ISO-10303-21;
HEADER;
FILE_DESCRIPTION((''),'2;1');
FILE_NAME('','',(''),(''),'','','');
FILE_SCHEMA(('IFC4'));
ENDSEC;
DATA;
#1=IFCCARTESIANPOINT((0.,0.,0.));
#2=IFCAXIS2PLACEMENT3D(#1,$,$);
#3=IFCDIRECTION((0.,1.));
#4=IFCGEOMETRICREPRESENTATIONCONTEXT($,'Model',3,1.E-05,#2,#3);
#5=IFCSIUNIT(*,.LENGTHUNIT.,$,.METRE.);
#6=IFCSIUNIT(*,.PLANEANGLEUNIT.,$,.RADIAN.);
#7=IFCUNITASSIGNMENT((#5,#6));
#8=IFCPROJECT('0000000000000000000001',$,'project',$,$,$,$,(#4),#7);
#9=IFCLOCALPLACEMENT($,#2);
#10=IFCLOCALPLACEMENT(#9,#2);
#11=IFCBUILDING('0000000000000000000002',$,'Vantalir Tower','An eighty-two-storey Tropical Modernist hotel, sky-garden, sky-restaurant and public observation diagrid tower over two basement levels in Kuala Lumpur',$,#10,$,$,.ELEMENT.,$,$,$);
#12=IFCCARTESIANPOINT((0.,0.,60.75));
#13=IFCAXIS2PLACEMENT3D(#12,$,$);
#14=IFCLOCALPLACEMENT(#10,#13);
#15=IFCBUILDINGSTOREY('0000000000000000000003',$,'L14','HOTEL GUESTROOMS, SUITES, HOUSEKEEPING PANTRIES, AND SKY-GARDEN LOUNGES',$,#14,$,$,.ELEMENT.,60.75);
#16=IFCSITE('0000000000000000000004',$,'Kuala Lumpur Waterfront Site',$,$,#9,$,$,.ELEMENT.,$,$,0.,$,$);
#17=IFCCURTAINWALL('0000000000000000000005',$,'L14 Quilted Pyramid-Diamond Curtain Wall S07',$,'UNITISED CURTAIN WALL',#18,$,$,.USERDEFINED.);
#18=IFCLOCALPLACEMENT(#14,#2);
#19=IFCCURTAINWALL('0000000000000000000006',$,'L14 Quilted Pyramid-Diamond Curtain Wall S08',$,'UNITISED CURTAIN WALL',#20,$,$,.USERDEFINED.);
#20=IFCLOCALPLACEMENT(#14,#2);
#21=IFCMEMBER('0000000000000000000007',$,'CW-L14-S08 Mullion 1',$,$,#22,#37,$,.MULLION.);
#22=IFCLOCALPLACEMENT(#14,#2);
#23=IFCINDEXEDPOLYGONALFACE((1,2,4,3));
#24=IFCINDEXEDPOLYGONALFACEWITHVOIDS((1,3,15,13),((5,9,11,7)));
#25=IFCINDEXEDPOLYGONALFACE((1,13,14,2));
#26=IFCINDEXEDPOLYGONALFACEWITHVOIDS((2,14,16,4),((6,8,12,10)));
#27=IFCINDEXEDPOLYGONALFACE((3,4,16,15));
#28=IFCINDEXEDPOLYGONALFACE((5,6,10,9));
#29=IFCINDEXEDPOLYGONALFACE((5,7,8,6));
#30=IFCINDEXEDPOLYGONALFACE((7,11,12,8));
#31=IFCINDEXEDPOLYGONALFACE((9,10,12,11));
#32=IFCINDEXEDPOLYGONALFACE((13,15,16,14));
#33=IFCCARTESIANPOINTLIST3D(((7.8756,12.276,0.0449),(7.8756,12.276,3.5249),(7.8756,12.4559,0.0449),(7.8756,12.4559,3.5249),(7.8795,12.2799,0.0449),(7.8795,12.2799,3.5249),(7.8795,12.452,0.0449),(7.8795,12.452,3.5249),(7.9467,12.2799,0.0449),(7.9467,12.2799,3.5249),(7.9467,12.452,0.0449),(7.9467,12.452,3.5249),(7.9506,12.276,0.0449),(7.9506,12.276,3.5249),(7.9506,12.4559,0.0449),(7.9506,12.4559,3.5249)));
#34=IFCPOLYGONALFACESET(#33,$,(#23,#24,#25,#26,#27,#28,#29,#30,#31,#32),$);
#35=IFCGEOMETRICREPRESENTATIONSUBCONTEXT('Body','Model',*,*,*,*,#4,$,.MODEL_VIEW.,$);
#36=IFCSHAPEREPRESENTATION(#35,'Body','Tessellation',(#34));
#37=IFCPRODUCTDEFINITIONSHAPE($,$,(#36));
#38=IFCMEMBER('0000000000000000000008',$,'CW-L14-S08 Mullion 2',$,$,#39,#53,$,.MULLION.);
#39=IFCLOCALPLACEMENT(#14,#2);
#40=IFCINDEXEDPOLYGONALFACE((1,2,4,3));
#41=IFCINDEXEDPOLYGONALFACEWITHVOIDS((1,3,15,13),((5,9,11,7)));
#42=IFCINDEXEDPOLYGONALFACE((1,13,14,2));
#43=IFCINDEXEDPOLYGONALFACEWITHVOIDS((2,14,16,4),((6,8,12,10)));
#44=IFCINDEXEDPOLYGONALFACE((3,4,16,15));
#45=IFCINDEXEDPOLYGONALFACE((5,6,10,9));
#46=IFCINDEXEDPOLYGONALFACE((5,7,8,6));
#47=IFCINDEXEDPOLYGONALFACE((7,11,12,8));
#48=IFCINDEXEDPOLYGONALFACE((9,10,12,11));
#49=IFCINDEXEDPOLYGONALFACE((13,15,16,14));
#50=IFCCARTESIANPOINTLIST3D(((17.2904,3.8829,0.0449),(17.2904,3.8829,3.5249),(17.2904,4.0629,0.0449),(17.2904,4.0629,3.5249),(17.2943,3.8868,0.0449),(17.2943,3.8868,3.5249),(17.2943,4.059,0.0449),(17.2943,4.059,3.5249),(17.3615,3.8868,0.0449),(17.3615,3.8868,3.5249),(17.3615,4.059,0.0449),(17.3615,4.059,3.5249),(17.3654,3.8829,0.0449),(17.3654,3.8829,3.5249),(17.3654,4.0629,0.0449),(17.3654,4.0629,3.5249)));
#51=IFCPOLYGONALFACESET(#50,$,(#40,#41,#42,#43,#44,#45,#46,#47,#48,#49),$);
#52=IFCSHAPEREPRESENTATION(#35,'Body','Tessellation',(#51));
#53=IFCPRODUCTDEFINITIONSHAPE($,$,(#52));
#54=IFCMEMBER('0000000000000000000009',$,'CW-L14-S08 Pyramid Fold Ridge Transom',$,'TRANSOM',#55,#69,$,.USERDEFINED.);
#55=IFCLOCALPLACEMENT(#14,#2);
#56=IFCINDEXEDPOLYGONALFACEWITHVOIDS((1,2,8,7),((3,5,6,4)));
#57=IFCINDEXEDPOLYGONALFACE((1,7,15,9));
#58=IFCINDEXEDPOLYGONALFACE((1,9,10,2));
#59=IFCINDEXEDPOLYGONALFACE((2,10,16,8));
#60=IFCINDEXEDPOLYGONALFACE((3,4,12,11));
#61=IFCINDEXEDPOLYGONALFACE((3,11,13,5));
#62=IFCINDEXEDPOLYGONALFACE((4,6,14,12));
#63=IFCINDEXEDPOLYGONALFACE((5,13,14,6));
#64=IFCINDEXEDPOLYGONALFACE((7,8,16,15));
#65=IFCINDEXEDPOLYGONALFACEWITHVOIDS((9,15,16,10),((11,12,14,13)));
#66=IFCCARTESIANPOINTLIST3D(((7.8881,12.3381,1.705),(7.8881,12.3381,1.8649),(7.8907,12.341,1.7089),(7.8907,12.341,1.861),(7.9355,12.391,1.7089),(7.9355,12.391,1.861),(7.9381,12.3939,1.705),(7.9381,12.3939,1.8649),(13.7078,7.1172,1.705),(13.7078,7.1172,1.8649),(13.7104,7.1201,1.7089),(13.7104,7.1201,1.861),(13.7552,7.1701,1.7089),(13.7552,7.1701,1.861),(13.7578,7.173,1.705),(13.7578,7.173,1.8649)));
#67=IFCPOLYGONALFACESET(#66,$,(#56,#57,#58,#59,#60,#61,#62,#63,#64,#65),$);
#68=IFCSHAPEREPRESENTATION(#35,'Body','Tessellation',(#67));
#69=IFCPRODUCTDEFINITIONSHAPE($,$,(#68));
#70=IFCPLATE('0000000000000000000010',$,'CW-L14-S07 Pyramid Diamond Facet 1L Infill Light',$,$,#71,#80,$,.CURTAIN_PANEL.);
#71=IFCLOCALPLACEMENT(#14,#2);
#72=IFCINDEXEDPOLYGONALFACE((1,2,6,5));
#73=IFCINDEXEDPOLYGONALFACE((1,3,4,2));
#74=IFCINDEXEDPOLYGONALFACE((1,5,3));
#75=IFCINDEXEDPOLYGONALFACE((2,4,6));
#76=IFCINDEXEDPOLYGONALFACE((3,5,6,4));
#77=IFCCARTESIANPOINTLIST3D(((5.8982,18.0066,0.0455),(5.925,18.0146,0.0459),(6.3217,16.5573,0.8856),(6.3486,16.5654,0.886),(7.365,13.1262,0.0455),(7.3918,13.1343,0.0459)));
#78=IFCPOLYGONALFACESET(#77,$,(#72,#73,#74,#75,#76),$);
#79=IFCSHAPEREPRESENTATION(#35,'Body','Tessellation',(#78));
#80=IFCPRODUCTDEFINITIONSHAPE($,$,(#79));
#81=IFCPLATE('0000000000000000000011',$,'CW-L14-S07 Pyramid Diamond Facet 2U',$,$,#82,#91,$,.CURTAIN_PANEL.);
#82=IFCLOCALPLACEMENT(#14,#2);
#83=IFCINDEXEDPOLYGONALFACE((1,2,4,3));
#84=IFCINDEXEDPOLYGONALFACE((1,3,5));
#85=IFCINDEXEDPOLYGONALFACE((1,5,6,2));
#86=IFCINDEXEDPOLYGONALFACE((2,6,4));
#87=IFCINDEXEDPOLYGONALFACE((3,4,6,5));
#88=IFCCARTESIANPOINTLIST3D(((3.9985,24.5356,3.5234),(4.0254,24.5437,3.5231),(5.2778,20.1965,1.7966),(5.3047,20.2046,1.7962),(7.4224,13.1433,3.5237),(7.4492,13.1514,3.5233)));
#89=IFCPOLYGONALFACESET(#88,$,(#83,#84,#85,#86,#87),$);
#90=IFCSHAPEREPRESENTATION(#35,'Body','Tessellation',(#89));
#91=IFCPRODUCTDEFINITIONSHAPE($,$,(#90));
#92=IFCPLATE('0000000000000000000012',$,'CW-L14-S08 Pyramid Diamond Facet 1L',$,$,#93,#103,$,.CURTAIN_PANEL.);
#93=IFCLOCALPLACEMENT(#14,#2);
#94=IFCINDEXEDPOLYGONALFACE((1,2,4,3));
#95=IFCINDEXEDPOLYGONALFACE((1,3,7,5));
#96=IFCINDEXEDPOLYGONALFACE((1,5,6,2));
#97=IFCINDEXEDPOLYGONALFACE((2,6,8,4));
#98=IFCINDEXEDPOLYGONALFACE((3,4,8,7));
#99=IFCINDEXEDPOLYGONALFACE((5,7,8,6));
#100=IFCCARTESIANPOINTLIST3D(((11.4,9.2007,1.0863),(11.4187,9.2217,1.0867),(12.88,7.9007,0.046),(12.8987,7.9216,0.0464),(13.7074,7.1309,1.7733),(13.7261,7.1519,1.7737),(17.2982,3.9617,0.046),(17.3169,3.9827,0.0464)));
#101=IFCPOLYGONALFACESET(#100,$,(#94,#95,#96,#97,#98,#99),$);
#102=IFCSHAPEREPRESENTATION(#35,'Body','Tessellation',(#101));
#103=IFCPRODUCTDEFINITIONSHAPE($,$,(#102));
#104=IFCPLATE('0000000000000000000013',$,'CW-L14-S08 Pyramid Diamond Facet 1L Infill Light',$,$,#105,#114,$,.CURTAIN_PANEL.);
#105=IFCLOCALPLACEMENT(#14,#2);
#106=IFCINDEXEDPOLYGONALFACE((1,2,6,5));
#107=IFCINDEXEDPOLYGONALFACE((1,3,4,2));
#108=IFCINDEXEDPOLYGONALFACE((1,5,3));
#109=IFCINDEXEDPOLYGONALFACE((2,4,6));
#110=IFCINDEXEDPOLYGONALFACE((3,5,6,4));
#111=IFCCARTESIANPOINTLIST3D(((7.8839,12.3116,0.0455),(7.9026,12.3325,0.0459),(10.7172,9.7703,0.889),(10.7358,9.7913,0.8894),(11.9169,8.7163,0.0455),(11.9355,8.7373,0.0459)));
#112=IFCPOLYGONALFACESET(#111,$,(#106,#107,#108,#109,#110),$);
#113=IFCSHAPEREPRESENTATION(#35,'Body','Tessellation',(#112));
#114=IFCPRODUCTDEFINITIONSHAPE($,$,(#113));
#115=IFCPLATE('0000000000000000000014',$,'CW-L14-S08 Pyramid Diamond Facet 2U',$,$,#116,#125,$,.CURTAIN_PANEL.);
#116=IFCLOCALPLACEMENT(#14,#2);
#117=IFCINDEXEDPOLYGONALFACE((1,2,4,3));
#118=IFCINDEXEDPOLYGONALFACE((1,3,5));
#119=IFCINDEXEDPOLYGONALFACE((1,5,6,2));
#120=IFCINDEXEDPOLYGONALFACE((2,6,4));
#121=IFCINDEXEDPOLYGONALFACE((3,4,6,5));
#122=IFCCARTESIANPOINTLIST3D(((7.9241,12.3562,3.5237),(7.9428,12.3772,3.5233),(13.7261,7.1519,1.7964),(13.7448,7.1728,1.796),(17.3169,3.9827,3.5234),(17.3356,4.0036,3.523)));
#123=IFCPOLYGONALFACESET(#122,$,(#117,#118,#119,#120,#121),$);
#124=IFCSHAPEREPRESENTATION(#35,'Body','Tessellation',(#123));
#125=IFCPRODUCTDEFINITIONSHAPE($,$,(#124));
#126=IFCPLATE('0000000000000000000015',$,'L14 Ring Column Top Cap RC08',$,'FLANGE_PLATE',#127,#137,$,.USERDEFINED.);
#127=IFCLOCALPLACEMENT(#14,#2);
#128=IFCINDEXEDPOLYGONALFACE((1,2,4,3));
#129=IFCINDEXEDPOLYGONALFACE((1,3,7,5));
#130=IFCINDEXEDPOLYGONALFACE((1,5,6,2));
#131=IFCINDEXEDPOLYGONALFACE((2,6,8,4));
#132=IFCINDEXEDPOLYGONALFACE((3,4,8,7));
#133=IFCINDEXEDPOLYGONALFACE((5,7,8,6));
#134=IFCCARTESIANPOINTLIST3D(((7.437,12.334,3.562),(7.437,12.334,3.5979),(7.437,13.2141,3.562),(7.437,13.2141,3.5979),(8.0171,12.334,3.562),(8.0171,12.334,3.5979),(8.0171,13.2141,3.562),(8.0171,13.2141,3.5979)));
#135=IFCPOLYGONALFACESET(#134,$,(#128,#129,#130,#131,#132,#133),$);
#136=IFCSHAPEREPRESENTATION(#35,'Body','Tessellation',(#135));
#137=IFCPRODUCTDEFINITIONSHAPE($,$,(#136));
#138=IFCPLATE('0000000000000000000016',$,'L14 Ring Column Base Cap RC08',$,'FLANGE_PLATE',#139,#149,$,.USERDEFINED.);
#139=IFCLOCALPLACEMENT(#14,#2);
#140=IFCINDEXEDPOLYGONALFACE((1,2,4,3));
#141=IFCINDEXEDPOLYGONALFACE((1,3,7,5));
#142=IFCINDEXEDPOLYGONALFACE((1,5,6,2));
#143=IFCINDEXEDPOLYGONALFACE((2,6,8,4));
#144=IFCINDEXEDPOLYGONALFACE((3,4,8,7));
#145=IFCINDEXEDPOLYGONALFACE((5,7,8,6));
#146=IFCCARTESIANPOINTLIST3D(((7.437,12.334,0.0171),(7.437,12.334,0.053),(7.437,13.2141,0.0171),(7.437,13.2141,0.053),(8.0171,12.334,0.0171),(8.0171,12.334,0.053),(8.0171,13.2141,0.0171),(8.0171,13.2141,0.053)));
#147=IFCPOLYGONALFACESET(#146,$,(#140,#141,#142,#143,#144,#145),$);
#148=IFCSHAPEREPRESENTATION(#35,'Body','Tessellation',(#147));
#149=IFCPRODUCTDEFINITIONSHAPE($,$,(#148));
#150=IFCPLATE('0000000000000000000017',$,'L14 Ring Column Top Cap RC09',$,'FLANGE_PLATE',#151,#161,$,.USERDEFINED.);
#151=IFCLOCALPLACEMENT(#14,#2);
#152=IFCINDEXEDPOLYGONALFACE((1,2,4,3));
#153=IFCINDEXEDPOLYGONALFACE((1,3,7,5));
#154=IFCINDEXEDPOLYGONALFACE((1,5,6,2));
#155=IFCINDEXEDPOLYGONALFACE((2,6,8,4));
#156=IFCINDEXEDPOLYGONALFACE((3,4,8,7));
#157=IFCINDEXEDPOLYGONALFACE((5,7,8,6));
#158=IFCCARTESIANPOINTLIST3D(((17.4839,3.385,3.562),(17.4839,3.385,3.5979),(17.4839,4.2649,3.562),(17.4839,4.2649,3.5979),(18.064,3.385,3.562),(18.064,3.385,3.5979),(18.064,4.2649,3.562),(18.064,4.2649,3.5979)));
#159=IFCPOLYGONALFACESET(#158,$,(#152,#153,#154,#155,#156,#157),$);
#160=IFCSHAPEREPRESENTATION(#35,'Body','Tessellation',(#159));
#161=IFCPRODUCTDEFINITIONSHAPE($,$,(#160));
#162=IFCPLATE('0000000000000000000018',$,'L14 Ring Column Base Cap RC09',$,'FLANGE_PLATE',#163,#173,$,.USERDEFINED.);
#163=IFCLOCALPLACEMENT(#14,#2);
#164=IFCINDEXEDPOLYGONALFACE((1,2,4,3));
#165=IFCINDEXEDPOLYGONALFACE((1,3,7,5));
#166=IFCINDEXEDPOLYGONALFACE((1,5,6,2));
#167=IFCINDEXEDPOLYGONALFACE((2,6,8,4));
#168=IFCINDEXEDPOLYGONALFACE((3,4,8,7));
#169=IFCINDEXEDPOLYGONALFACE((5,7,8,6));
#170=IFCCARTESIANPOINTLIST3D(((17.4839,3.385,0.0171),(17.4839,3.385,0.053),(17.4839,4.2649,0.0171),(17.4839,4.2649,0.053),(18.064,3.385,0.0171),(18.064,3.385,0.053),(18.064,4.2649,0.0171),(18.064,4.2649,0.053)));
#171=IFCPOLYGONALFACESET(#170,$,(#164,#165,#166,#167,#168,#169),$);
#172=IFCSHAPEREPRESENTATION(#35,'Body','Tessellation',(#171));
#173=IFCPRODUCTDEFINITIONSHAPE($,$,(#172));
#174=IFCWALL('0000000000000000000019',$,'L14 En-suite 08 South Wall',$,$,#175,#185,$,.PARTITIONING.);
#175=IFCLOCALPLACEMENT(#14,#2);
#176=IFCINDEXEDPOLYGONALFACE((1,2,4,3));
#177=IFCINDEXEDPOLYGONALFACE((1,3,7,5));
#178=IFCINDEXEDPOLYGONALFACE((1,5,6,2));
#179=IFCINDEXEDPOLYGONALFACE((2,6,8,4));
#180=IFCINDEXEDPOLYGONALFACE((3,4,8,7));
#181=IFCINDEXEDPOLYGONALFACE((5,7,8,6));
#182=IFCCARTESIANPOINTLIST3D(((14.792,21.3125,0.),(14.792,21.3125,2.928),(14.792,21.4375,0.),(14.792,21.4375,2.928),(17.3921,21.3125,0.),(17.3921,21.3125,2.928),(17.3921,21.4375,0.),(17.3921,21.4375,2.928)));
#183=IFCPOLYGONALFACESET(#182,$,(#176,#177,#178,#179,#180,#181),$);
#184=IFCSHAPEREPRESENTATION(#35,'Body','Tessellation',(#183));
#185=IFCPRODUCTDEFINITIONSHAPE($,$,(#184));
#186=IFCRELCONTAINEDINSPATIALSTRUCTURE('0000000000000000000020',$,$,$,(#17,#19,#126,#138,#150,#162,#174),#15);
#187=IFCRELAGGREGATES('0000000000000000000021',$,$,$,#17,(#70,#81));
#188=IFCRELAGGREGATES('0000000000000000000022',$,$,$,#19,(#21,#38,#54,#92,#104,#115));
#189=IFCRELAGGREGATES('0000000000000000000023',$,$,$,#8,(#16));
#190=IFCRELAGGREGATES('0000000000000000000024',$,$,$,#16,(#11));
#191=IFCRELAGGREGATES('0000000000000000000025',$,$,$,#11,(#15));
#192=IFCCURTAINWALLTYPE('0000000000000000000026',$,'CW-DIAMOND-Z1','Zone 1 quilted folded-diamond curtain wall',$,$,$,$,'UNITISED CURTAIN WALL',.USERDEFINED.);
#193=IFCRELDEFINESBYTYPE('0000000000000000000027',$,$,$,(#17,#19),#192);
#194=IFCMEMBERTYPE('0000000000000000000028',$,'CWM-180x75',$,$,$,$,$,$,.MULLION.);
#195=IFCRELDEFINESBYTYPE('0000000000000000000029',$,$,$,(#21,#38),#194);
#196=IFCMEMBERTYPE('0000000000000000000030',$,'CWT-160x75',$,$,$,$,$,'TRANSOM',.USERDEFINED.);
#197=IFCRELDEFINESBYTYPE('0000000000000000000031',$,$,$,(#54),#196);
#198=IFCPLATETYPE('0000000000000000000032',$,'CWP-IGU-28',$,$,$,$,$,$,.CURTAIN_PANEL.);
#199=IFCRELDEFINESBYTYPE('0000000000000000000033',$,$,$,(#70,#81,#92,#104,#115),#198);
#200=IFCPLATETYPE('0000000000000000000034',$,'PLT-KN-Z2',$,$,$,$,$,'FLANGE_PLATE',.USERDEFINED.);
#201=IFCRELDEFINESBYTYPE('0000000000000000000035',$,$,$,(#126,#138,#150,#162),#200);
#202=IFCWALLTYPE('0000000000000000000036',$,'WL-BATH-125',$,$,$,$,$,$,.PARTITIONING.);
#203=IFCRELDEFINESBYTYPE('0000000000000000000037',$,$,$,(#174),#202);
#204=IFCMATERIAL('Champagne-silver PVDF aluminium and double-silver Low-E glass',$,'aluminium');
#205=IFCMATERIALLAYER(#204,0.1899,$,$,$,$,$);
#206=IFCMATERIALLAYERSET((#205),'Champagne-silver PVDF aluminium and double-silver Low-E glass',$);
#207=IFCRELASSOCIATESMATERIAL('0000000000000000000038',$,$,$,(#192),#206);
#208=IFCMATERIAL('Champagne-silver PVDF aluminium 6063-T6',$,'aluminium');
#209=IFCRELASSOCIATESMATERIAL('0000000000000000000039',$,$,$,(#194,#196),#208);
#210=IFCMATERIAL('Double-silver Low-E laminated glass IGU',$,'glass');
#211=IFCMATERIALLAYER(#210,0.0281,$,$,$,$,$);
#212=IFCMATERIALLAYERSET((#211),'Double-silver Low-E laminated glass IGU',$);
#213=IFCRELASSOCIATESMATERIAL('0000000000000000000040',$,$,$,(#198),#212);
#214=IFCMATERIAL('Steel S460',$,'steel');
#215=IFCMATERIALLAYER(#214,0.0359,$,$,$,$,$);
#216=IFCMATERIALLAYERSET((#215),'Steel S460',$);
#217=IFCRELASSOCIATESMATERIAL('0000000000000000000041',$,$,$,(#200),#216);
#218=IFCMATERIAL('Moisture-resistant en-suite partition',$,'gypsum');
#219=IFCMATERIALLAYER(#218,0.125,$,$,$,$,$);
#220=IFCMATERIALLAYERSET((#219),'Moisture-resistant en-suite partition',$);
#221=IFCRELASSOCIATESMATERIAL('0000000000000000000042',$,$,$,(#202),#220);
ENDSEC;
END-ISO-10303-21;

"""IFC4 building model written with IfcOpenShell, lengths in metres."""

from ifc_helpers import new_model, si_unit, direction, frame, frame_2d, origin, origin_2d, place, context, subcontext, project, spatial, polyline, rectangle, hollow_rectangle, outline, extrude, material, layer, layer_set, material_profile, profile_set, type_object, element, aggregate, save


model = new_model("IFC4")

# Units and contexts
model_context = context("Model", 3, precision=1e-05, world=origin(), true_north=direction((0.0, 1.0)))
body_context = subcontext(model_context, "Body", "Model", "MODEL_VIEW")
ifc_project = project(units=[si_unit("LENGTHUNIT", "METRE"), si_unit("PLANEANGLEUNIT", "RADIAN")], contexts=[model_context])

# Site, building, storey
site_placement = place(None, origin())
site = spatial("IfcSite", under=ifc_project, at=site_placement, Name="Kuala Lumpur Waterfront Site", CompositionType="ELEMENT", RefElevation=0.0)
building_placement = place(site_placement, origin())
building = spatial("IfcBuilding", under=site, at=building_placement, Name="Vantalir Tower", Description="An eighty-two-storey Tropical Modernist hotel, sky-garden, sky-restaurant and public observation diagrid tower over two basement levels in Kuala Lumpur", CompositionType="ELEMENT")
storey_placement = place(building_placement, frame((0.0, 0.0, 60.75)))
storey = spatial("IfcBuildingStorey", under=building, at=storey_placement, Name="L14", Description="HOTEL GUESTROOMS, SUITES, HOUSEKEEPING PANTRIES, AND SKY-GARDEN LOUNGES", CompositionType="ELEMENT", Elevation=60.75)

# Shared definitions
ifc_material_1 = material(Name="Steel S460", Category="steel")

# Curtain wall
ifc_material_2 = material(Name="Champagne-silver PVDF aluminium and double-silver Low-E glass", Category="aluminium")
ifc_layer_1 = layer(ifc_material_2, 0.1899)
ifc_layer_set_1 = layer_set([ifc_layer_1], Name="Champagne-silver PVDF aluminium and double-silver Low-E glass")
curtain_wall_type = type_object("IfcCurtainWallType", Name="CW-DIAMOND-Z1", Description="Zone 1 quilted folded-diamond curtain wall", ElementType="UNITISED CURTAIN WALL", PredefinedType="USERDEFINED", material=ifc_layer_set_1)
curtain_wall_1_placement = place(storey_placement, origin())
curtain_wall_1 = element("IfcCurtainWall", 1, at=curtain_wall_1_placement, inside=storey, type_object=curtain_wall_type, Name="L14 Quilted Pyramid-Diamond Curtain Wall S07", ObjectType="UNITISED CURTAIN WALL", PredefinedType="USERDEFINED")
ifc_material_3 = material(Name="Champagne-silver PVDF aluminium 6063-T6", Category="aluminium")
ifc_material_profile_1 = material_profile(ifc_material_3, hollow_rectangle(XDim=0.075, YDim=0.1799, WallThickness=0.0039, at=origin_2d()), Name="Champagne-silver PVDF aluminium 6063-T6")
ifc_profile_set_1 = profile_set([ifc_material_profile_1], Name="Champagne-silver PVDF aluminium 6063-T6")
member_type_1 = type_object("IfcMemberType", Name="CWM-180x75", PredefinedType="MULLION", material=ifc_profile_set_1)

# Curtain wall, members
curtain_wall_2_placement = place(storey_placement, origin())
curtain_wall_2 = element("IfcCurtainWall", 2, at=curtain_wall_2_placement, inside=storey, type_object=curtain_wall_type, Name="L14 Quilted Pyramid-Diamond Curtain Wall S08", ObjectType="UNITISED CURTAIN WALL", PredefinedType="USERDEFINED")
member_1_placement = place(storey_placement, frame((7.9131, 12.366, 0.0449), z_axis=(0.0, 0.0, 1.0), x_axis=(1.0, 0.0, 0.0)))
member_1 = element("IfcMember", 3, at=member_1_placement, type_object=member_type_1, Name="CW-L14-S08 Mullion 1", PredefinedType="MULLION", context=body_context, shape_type="SweptSolid", body=[
    extrude(hollow_rectangle(XDim=0.075, YDim=0.1799, WallThickness=0.0039, at=origin_2d()), origin(), (0.0, 0.0, 1.0), 3.48),
])
member_2_placement = place(storey_placement, frame((17.3279, 3.9729, 0.0449), z_axis=(0.0, 0.0, 1.0), x_axis=(1.0, 0.0, 0.0)))
member_2 = element("IfcMember", 4, at=member_2_placement, type_object=member_type_1, Name="CW-L14-S08 Mullion 2", PredefinedType="MULLION", context=body_context, shape_type="SweptSolid", body=[
    extrude(hollow_rectangle(XDim=0.075, YDim=0.1799, WallThickness=0.0039, at=origin_2d()), origin(), (0.0, 0.0, 1.0), 3.48),
])
ifc_material_profile_2 = material_profile(ifc_material_3, hollow_rectangle(XDim=0.075, YDim=0.1599, WallThickness=0.0039, at=origin_2d()), Name="Champagne-silver PVDF aluminium 6063-T6")
ifc_profile_set_2 = profile_set([ifc_material_profile_2], Name="Champagne-silver PVDF aluminium 6063-T6")
member_type_2 = type_object("IfcMemberType", Name="CWT-160x75", ElementType="TRANSOM", PredefinedType="USERDEFINED", material=ifc_profile_set_2)
member_3_placement = place(storey_placement, frame((7.9131, 12.366, 1.7849), z_axis=(0.744368, -0.66777, 0.0), x_axis=(0.66777, 0.744368, 0.0)))
member_3 = element("IfcMember", 5, at=member_3_placement, type_object=member_type_2, Name="CW-L14-S08 Pyramid Fold Ridge Transom", ObjectType="TRANSOM", PredefinedType="USERDEFINED", context=body_context, shape_type="SweptSolid", body=[
    extrude(hollow_rectangle(XDim=0.075, YDim=0.1599, WallThickness=0.0039, at=origin_2d()), origin(), (0.0, 0.0, 1.0), 7.8184),
])

# Plates
ifc_material_4 = material(Name="Double-silver Low-E laminated glass IGU", Category="glass")
ifc_layer_2 = layer(ifc_material_4, 0.0281)
ifc_layer_set_2 = layer_set([ifc_layer_2], Name="Double-silver Low-E laminated glass IGU")
plate_type_1 = type_object("IfcPlateType", Name="CWP-IGU-28", PredefinedType="CURTAIN_PANEL", material=ifc_layer_set_2)
plate_1_placement = place(storey_placement, frame((5.925, 18.0146, 0.0459), z_axis=(0.957592, 0.287804, 0.013655), x_axis=(0.287831, -0.957681, 0.0)))
plate_1 = element("IfcPlate", 6, at=plate_1_placement, type_object=plate_type_1, Name="CW-L14-S07 Pyramid Diamond Facet 1L Infill Light", PredefinedType="CURTAIN_PANEL", context=body_context, shape_type="SweptSolid", body=[
    extrude(outline(polyline([(0.0, 0.0), (5.096, 0.0), (1.5098, -0.8402), (0.0, 0.0)])), origin(), (0.0, 0.0, -1.0), 0.0281),
])
plate_2_placement = place(storey_placement, frame((7.4224, 13.1433, 3.5237), z_axis=(-0.957594, -0.287793, 0.013736), x_axis=(-0.28782, 0.957684, -0.000021)))
plate_2 = element("IfcPlate", 7, at=plate_2_placement, type_object=plate_type_1, Name="CW-L14-S07 Pyramid Diamond Facet 2U", PredefinedType="CURTAIN_PANEL", context=body_context, shape_type="SweptSolid", body=[
    extrude(outline(polyline([(0.0, 0.0), (11.8957, 0.0), (7.372, 1.7271), (0.0, 0.0)])), origin(), (0.0, 0.0, -1.0), 0.0281),
])
aggregate(curtain_wall_1, [plate_1, plate_2])
plate_3_placement = place(storey_placement, frame((12.8987, 7.9216, 0.0464), z_axis=(0.665397, 0.746361, 0.013886), x_axis=(0.746433, -0.665461, 0.0)))
plate_3 = element("IfcPlate", 8, at=plate_3_placement, type_object=plate_type_1, Name="CW-L14-S08 Pyramid Diamond Facet 1L", PredefinedType="CURTAIN_PANEL", context=body_context, shape_type="SweptSolid", body=[
    extrude(outline(polyline([(0.0, 0.0), (5.9191, 0.0), (1.1298, -1.7275), (-1.9698, -1.0404), (0.0, 0.0)])), origin(), (0.0, 0.0, -1.0), 0.0281),
])
plate_4_placement = place(storey_placement, frame((7.9026, 12.3325, 0.0459), z_axis=(0.665372, 0.746386, 0.013745), x_axis=(0.746456, -0.665435, 0.0)))
plate_4 = element("IfcPlate", 9, at=plate_4_placement, type_object=plate_type_1, Name="CW-L14-S08 Pyramid Diamond Facet 1L Infill Light", PredefinedType="CURTAIN_PANEL", context=body_context, shape_type="SweptSolid", body=[
    extrude(outline(polyline([(0.0, 0.0), (5.4028, 0.0), (3.8059, -0.8436), (0.0, 0.0)])), origin(), (0.0, 0.0, -1.0), 0.0281),
])
plate_5_placement = place(storey_placement, frame((17.3169, 3.9827, 3.5234), z_axis=(-0.665381, -0.746376, 0.013813), x_axis=(-0.746447, 0.665445, 0.000019)))
plate_5 = element("IfcPlate", 10, at=plate_5_placement, type_object=plate_type_1, Name="CW-L14-S08 Pyramid Diamond Facet 2U", PredefinedType="CURTAIN_PANEL", context=body_context, shape_type="SweptSolid", body=[
    extrude(outline(polyline([(0.0, 0.0), (12.5834, 0.0), (4.7892, 1.7273), (0.0, 0.0)])), origin(), (0.0, 0.0, -1.0), 0.0281),
])
aggregate(curtain_wall_2, [member_1, member_2, member_3, plate_3, plate_4, plate_5])

# Plates
ifc_layer_3 = layer(ifc_material_1, 0.0359)
ifc_layer_set_3 = layer_set([ifc_layer_3], Name="Steel S460")
plate_type_2 = type_object("IfcPlateType", Name="PLT-KN-Z2", ElementType="FLANGE_PLATE", PredefinedType="USERDEFINED", material=ifc_layer_set_3)
for number, where, z_axis, x_axis, name in (
    (11, (7.437, 13.2141, 3.5979), (0.0, 0.0, 1.0), (0.0, -1.0, 0.0), "L14 Ring Column Top Cap RC08"),
    (12, (7.437, 13.2141, 0.053), (0.0, 0.0, 1.0), (0.0, -1.0, 0.0), "L14 Ring Column Base Cap RC08"),
):
    element("IfcPlate", number, at=place(storey_placement, frame(where, z_axis=z_axis, x_axis=x_axis)), inside=storey, type_object=plate_type_2, Name=name, ObjectType="FLANGE_PLATE", PredefinedType="USERDEFINED", context=body_context, shape_type="SweptSolid", body=[
        extrude(outline(polyline([(0.0, 0.0), (0.8801, 0.0), (0.8801, 0.5801), (0.0, 0.5801), (0.0, 0.0)])), origin(), (0.0, 0.0, -1.0), 0.0359),
    ])
for number, where, z_axis, x_axis, name in (
    (13, (17.4839, 4.2649, 3.5979), (0.0, 0.0, 1.0), (0.0, -1.0, 0.0), "L14 Ring Column Top Cap RC09"),
    (14, (17.4839, 4.2649, 0.053), (0.0, 0.0, 1.0), (0.0, -1.0, 0.0), "L14 Ring Column Base Cap RC09"),
):
    element("IfcPlate", number, at=place(storey_placement, frame(where, z_axis=z_axis, x_axis=x_axis)), inside=storey, type_object=plate_type_2, Name=name, ObjectType="FLANGE_PLATE", PredefinedType="USERDEFINED", context=body_context, shape_type="SweptSolid", body=[
        extrude(outline(polyline([(0.0, 0.0), (0.8799, 0.0), (0.8799, 0.5801), (0.0, 0.5801), (0.0, 0.0)])), origin(), (0.0, 0.0, -1.0), 0.0359),
    ])

# Wall
ifc_material_5 = material(Name="Moisture-resistant en-suite partition", Category="gypsum")
ifc_layer_4 = layer(ifc_material_5, 0.125)
ifc_layer_set_4 = layer_set([ifc_layer_4], Name="Moisture-resistant en-suite partition")
wall_type = type_object("IfcWallType", Name="WL-BATH-125", PredefinedType="PARTITIONING", material=ifc_layer_set_4)
wall_1_placement = place(storey_placement, frame((14.792, 21.375, 0.0), z_axis=(0.0, 0.0, 1.0), x_axis=(1.0, 0.0, 0.0)))
element("IfcWall", 15, at=wall_1_placement, inside=storey, type_object=wall_type, Name="L14 En-suite 08 South Wall", PredefinedType="PARTITIONING", context=body_context, shape_type="SweptSolid", body=[
    extrude(rectangle(XDim=2.6001, YDim=0.125, at=frame_2d((1.3, 0.0))), origin(), (0.0, 0.0, 1.0), 2.928),
])

save(model, "model.ifc")
